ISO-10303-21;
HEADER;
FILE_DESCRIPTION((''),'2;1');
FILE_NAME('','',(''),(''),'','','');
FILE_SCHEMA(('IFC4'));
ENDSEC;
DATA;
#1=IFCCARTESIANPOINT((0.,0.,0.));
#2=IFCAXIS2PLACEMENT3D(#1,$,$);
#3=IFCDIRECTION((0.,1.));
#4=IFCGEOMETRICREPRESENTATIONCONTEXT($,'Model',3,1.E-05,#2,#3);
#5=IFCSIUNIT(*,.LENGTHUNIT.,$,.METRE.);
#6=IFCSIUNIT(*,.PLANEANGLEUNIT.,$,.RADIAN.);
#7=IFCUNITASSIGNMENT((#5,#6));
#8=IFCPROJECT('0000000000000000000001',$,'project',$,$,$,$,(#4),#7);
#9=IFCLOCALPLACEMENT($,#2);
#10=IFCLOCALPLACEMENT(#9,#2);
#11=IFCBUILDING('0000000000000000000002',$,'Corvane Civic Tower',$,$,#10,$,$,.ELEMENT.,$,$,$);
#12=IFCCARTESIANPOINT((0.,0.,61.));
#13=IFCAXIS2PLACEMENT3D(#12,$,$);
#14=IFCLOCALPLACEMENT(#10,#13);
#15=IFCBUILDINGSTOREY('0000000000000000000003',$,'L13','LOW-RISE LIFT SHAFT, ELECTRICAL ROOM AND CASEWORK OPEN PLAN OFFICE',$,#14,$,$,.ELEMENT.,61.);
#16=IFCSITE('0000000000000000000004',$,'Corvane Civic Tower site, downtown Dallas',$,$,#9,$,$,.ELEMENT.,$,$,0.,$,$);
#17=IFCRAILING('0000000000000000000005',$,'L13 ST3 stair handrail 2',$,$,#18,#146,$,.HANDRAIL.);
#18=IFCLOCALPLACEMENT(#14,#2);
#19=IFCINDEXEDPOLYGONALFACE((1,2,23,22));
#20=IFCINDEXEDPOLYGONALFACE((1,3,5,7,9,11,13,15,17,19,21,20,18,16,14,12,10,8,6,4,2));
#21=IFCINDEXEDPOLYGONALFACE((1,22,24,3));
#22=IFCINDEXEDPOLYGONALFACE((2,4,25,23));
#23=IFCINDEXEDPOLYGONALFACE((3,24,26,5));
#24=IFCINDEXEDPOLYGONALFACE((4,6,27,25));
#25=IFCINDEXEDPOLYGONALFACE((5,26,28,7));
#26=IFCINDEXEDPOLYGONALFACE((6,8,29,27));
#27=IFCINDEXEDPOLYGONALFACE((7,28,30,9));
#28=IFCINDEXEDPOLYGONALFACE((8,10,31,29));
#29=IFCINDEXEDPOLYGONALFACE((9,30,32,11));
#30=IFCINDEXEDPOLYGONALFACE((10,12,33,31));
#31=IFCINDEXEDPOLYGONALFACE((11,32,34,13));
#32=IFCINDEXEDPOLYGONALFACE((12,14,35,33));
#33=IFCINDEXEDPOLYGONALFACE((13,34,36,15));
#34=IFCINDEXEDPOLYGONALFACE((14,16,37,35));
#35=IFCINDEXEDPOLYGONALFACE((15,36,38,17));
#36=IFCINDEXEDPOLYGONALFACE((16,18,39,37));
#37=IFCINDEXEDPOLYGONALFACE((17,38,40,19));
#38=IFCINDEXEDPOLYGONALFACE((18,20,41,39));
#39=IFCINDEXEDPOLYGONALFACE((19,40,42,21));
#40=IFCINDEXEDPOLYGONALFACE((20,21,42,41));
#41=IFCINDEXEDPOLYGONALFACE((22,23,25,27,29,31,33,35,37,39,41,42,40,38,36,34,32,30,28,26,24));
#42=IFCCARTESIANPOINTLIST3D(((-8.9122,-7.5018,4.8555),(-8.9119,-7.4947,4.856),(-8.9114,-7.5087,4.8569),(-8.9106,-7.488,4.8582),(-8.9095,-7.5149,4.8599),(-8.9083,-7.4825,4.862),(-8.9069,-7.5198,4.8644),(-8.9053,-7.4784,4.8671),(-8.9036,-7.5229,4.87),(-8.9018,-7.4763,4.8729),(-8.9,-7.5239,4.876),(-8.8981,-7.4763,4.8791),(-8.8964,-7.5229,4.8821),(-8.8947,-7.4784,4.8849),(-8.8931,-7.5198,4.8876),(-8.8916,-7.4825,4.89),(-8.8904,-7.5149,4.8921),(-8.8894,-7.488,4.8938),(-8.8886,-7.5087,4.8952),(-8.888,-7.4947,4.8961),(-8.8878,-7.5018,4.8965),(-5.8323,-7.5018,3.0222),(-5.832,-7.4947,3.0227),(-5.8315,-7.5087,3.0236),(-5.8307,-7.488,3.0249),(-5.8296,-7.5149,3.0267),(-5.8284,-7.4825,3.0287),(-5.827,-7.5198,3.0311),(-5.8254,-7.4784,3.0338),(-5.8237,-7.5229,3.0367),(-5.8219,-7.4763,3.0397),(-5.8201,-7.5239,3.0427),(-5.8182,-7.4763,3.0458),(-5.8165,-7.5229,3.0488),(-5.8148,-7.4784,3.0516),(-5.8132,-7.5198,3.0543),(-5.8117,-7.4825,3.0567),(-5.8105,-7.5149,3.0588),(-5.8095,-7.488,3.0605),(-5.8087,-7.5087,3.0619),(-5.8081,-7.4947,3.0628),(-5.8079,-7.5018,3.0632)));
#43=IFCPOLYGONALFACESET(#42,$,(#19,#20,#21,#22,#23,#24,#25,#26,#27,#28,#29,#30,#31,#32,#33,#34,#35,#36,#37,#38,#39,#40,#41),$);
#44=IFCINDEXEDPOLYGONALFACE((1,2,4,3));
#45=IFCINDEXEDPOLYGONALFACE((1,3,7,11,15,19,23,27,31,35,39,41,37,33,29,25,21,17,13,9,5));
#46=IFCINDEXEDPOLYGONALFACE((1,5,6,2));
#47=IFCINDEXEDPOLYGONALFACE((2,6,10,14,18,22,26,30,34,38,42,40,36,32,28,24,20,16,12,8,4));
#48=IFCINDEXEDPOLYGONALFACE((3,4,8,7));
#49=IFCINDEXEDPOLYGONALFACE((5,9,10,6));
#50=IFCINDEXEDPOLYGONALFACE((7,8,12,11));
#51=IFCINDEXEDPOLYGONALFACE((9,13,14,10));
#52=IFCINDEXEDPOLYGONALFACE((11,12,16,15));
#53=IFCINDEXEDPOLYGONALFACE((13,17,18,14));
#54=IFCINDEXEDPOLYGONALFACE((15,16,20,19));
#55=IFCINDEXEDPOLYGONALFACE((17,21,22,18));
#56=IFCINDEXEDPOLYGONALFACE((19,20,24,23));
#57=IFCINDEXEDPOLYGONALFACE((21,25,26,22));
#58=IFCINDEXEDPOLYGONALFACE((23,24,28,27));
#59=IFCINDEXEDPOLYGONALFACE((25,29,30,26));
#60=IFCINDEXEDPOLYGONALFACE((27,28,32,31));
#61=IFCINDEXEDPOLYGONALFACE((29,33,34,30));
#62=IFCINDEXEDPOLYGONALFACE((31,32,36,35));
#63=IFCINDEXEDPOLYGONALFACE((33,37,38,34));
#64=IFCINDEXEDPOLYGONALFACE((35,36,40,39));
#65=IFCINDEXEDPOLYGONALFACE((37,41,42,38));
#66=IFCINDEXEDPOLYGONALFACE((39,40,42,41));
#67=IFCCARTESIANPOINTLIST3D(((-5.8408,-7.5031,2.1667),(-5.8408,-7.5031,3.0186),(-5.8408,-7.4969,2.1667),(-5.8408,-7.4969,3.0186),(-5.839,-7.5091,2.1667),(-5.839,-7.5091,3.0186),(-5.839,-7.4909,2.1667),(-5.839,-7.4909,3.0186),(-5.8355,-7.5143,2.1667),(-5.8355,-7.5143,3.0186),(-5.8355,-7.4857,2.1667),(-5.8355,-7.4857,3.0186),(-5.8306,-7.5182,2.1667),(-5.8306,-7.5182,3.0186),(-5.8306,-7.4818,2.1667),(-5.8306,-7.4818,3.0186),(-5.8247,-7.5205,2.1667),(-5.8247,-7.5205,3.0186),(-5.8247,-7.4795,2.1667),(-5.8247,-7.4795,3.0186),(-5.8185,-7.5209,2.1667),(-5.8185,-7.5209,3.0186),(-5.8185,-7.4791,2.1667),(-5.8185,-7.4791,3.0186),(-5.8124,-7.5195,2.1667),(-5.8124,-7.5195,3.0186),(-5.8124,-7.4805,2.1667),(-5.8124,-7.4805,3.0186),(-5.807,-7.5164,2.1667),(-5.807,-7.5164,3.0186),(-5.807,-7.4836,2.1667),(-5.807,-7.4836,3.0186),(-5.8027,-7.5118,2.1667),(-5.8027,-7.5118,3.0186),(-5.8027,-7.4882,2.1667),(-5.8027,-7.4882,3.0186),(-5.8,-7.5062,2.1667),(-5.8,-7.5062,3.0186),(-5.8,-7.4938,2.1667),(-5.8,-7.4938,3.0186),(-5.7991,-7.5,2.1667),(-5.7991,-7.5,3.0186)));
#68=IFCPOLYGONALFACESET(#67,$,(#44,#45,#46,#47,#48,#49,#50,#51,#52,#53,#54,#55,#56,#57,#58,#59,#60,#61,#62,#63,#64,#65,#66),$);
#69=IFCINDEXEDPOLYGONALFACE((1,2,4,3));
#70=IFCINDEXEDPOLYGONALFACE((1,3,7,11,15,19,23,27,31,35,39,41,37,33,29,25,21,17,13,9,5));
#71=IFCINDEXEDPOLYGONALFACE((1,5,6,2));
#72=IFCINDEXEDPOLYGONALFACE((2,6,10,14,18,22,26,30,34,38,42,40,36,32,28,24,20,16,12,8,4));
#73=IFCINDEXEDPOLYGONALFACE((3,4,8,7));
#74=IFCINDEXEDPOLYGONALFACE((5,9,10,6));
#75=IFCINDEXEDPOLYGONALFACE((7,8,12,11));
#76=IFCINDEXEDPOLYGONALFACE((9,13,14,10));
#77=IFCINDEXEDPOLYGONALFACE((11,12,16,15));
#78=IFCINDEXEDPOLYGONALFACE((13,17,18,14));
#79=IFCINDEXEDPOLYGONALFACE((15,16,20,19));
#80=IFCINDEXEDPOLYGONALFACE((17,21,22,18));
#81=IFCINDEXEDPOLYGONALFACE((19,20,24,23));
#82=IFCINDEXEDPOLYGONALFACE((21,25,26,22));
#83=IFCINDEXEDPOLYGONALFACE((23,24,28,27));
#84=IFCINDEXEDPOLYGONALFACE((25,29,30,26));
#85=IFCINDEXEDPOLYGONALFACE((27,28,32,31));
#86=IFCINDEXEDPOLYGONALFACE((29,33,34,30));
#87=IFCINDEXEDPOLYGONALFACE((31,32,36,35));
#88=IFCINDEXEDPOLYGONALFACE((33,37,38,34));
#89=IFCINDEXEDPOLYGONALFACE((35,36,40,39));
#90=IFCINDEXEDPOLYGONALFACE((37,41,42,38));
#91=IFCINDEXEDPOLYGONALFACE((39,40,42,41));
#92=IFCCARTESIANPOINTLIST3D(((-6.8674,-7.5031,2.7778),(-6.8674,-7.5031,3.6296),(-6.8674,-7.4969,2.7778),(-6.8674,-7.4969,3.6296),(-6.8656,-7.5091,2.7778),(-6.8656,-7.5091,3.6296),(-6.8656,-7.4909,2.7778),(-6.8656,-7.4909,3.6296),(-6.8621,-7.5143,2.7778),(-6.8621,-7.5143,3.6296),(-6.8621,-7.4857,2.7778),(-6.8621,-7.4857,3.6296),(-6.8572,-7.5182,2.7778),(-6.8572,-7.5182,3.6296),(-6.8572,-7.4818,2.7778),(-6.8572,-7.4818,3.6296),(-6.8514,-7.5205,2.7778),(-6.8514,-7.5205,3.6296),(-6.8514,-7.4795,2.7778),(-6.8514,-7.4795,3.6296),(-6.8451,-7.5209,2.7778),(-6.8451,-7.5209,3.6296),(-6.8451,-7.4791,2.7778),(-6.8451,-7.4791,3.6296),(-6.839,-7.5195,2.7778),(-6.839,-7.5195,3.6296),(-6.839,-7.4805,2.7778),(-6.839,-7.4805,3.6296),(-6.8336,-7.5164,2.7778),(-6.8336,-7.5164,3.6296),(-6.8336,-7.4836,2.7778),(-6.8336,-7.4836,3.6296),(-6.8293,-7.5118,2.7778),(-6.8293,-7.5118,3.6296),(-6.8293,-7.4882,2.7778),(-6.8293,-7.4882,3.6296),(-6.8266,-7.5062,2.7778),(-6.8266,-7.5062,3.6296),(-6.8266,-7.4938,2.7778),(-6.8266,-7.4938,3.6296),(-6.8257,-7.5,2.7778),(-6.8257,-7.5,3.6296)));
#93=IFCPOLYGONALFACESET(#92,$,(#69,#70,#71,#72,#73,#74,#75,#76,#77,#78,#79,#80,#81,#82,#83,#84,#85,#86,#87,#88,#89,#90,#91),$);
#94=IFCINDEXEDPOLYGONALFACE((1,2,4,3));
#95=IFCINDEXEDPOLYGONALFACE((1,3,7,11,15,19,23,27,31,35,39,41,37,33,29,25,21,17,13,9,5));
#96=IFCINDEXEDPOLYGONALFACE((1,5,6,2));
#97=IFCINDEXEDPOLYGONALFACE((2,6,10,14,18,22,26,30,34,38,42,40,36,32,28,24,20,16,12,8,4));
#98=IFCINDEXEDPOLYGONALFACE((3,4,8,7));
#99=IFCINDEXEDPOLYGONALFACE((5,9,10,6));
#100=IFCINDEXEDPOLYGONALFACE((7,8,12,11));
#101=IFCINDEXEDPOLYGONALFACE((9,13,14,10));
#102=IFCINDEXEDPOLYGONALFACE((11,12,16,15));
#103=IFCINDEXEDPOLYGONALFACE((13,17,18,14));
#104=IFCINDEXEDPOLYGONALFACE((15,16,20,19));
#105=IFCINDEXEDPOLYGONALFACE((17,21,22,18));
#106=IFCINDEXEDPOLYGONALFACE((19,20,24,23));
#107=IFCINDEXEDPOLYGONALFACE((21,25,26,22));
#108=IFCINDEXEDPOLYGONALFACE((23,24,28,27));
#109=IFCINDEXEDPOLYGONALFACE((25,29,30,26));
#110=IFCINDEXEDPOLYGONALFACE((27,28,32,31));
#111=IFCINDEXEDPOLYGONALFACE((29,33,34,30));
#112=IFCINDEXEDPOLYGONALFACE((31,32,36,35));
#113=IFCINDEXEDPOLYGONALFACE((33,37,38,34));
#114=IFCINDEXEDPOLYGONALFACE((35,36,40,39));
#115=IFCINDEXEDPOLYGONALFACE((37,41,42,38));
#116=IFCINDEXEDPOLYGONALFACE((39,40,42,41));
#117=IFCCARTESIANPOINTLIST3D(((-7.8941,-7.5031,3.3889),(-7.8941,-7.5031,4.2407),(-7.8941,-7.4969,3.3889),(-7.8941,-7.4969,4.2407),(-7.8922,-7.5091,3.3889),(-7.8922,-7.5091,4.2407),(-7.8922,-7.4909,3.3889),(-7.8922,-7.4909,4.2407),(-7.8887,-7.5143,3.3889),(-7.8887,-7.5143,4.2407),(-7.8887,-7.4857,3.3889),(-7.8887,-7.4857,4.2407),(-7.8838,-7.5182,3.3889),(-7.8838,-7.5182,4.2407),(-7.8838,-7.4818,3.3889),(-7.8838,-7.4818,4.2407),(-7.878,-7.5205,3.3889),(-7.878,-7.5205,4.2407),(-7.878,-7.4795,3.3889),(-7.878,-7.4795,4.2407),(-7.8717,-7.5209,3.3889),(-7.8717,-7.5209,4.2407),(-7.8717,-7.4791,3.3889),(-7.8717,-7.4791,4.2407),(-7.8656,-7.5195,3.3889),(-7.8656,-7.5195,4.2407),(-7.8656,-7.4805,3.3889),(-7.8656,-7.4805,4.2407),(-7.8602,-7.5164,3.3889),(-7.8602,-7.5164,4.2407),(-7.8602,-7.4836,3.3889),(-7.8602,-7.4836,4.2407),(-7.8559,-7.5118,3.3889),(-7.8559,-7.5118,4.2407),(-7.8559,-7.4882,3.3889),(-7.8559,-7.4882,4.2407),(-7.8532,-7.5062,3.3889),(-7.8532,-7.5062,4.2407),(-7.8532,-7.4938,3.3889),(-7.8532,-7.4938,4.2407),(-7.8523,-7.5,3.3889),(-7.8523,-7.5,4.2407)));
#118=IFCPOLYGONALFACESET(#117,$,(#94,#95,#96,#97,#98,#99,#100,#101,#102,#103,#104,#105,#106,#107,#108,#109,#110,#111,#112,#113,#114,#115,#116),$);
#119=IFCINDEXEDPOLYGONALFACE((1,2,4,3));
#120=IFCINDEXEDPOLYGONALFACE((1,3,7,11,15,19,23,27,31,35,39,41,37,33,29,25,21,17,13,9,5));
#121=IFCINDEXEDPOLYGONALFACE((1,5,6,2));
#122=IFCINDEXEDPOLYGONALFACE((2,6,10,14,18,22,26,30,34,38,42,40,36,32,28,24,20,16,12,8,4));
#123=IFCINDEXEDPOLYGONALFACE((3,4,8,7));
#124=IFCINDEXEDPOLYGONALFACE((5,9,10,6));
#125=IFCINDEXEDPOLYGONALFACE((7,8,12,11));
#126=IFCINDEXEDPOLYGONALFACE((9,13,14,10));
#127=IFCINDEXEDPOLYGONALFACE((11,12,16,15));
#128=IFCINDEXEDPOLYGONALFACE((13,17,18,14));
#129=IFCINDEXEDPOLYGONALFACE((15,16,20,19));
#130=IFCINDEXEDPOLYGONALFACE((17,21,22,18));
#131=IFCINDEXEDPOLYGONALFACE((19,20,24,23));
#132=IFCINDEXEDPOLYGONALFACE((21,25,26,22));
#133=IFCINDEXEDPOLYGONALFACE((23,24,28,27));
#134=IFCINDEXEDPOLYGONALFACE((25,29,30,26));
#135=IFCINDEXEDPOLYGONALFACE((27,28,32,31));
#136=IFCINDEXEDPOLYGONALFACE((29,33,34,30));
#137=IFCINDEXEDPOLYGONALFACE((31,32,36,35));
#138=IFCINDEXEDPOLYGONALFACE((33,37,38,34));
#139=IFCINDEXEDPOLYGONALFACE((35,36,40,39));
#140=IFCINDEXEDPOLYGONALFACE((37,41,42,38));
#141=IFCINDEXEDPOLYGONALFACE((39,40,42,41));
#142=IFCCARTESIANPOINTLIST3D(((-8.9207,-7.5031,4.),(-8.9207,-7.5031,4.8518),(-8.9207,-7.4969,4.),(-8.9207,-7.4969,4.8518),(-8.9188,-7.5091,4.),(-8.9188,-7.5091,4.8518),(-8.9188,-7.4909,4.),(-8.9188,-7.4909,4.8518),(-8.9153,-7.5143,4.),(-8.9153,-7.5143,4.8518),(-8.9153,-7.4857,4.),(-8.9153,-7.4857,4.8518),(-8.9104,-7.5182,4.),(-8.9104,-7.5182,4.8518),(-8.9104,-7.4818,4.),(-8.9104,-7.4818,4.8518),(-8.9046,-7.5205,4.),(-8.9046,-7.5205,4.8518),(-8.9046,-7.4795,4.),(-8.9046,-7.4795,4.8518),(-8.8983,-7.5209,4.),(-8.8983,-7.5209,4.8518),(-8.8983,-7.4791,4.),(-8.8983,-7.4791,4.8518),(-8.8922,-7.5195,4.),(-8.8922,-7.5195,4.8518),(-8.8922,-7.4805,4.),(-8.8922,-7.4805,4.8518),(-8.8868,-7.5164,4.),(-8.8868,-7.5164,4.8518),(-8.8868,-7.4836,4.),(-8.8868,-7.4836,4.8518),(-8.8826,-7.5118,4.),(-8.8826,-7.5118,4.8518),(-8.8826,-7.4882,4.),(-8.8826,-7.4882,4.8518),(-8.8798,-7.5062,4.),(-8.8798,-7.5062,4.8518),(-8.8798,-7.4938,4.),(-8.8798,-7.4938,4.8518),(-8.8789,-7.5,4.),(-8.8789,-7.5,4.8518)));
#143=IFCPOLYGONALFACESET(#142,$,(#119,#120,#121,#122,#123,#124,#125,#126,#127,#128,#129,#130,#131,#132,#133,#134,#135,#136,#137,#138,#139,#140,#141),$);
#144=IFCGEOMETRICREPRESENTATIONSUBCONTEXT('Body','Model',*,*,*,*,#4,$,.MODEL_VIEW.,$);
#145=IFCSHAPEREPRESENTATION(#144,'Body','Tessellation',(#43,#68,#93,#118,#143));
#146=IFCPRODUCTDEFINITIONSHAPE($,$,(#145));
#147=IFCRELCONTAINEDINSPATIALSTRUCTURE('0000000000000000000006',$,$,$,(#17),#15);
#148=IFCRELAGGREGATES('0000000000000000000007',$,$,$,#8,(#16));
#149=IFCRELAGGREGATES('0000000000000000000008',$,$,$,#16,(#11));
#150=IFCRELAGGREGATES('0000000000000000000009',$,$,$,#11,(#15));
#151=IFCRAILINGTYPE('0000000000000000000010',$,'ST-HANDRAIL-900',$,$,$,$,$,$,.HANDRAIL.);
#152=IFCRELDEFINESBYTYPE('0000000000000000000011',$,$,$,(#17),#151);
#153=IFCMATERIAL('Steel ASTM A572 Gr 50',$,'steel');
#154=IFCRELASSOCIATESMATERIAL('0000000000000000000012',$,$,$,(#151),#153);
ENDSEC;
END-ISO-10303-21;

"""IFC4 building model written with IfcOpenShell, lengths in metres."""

from ifc_helpers import new_model, si_unit, direction, frame, origin, origin_2d, place, context, subcontext, project, spatial, circle, extrude, material, type_object, element, save


model = new_model("IFC4")

# Units and contexts
model_context = context("Model", 3, precision=1e-05, world=origin(), true_north=direction((0.0, 1.0)))
body_context = subcontext(model_context, "Body", "Model", "MODEL_VIEW")
ifc_project = project(units=[si_unit("LENGTHUNIT", "METRE"), si_unit("PLANEANGLEUNIT", "RADIAN")], contexts=[model_context])

# Site, building, storey
site_placement = place(None, origin())
site = spatial("IfcSite", under=ifc_project, at=site_placement, Name="Corvane Civic Tower site, downtown Dallas", CompositionType="ELEMENT", RefElevation=0.0)
building_placement = place(site_placement, origin())
building = spatial("IfcBuilding", under=site, at=building_placement, Name="Corvane Civic Tower", CompositionType="ELEMENT")
storey_placement = place(building_placement, frame((0.0, 0.0, 61.0)))
storey = spatial("IfcBuildingStorey", under=building, at=storey_placement, Name="L13", Description="LOW-RISE LIFT SHAFT, ELECTRICAL ROOM AND CASEWORK OPEN PLAN OFFICE", CompositionType="ELEMENT", Elevation=61.0)

# Railing
ifc_material_1 = material(Name="Steel ASTM A572 Gr 50", Category="steel")
railing_type = type_object("IfcRailingType", Name="ST-HANDRAIL-900", PredefinedType="HANDRAIL", material=ifc_material_1)
railing_1_placement = place(storey_placement, frame((-5.8201, -7.5, 2.1667)))
element("IfcRailing", 1, at=railing_1_placement, inside=storey, type_object=railing_type, Name="L13 ST3 stair handrail 2", PredefinedType="HANDRAIL", context=body_context, shape_type="SweptSolid", body=[
    extrude(circle(Radius=0.0239, at=origin_2d()), frame((0.0, 0.0, 0.876), z_axis=(-0.859291, 0.0, 0.511487), x_axis=(0.0, -1.0, 0.0)), (0.0, 0.0, 1.0), 3.5842),
    extrude(circle(Radius=0.021, at=origin_2d()), origin(), (0.0, 0.0, 1.0), 0.8518),
    extrude(circle(Radius=0.021, at=origin_2d()), frame((-1.0266, 0.0, 0.6111)), (0.0, 0.0, 1.0), 0.8518),
    extrude(circle(Radius=0.021, at=origin_2d()), frame((-2.0532, 0.0, 1.2222)), (0.0, 0.0, 1.0), 0.8518),
    extrude(circle(Radius=0.021, at=origin_2d()), frame((-3.0798, 0.0, 1.8333)), (0.0, 0.0, 1.0), 0.8518),
])

save(model, "model.ifc")
